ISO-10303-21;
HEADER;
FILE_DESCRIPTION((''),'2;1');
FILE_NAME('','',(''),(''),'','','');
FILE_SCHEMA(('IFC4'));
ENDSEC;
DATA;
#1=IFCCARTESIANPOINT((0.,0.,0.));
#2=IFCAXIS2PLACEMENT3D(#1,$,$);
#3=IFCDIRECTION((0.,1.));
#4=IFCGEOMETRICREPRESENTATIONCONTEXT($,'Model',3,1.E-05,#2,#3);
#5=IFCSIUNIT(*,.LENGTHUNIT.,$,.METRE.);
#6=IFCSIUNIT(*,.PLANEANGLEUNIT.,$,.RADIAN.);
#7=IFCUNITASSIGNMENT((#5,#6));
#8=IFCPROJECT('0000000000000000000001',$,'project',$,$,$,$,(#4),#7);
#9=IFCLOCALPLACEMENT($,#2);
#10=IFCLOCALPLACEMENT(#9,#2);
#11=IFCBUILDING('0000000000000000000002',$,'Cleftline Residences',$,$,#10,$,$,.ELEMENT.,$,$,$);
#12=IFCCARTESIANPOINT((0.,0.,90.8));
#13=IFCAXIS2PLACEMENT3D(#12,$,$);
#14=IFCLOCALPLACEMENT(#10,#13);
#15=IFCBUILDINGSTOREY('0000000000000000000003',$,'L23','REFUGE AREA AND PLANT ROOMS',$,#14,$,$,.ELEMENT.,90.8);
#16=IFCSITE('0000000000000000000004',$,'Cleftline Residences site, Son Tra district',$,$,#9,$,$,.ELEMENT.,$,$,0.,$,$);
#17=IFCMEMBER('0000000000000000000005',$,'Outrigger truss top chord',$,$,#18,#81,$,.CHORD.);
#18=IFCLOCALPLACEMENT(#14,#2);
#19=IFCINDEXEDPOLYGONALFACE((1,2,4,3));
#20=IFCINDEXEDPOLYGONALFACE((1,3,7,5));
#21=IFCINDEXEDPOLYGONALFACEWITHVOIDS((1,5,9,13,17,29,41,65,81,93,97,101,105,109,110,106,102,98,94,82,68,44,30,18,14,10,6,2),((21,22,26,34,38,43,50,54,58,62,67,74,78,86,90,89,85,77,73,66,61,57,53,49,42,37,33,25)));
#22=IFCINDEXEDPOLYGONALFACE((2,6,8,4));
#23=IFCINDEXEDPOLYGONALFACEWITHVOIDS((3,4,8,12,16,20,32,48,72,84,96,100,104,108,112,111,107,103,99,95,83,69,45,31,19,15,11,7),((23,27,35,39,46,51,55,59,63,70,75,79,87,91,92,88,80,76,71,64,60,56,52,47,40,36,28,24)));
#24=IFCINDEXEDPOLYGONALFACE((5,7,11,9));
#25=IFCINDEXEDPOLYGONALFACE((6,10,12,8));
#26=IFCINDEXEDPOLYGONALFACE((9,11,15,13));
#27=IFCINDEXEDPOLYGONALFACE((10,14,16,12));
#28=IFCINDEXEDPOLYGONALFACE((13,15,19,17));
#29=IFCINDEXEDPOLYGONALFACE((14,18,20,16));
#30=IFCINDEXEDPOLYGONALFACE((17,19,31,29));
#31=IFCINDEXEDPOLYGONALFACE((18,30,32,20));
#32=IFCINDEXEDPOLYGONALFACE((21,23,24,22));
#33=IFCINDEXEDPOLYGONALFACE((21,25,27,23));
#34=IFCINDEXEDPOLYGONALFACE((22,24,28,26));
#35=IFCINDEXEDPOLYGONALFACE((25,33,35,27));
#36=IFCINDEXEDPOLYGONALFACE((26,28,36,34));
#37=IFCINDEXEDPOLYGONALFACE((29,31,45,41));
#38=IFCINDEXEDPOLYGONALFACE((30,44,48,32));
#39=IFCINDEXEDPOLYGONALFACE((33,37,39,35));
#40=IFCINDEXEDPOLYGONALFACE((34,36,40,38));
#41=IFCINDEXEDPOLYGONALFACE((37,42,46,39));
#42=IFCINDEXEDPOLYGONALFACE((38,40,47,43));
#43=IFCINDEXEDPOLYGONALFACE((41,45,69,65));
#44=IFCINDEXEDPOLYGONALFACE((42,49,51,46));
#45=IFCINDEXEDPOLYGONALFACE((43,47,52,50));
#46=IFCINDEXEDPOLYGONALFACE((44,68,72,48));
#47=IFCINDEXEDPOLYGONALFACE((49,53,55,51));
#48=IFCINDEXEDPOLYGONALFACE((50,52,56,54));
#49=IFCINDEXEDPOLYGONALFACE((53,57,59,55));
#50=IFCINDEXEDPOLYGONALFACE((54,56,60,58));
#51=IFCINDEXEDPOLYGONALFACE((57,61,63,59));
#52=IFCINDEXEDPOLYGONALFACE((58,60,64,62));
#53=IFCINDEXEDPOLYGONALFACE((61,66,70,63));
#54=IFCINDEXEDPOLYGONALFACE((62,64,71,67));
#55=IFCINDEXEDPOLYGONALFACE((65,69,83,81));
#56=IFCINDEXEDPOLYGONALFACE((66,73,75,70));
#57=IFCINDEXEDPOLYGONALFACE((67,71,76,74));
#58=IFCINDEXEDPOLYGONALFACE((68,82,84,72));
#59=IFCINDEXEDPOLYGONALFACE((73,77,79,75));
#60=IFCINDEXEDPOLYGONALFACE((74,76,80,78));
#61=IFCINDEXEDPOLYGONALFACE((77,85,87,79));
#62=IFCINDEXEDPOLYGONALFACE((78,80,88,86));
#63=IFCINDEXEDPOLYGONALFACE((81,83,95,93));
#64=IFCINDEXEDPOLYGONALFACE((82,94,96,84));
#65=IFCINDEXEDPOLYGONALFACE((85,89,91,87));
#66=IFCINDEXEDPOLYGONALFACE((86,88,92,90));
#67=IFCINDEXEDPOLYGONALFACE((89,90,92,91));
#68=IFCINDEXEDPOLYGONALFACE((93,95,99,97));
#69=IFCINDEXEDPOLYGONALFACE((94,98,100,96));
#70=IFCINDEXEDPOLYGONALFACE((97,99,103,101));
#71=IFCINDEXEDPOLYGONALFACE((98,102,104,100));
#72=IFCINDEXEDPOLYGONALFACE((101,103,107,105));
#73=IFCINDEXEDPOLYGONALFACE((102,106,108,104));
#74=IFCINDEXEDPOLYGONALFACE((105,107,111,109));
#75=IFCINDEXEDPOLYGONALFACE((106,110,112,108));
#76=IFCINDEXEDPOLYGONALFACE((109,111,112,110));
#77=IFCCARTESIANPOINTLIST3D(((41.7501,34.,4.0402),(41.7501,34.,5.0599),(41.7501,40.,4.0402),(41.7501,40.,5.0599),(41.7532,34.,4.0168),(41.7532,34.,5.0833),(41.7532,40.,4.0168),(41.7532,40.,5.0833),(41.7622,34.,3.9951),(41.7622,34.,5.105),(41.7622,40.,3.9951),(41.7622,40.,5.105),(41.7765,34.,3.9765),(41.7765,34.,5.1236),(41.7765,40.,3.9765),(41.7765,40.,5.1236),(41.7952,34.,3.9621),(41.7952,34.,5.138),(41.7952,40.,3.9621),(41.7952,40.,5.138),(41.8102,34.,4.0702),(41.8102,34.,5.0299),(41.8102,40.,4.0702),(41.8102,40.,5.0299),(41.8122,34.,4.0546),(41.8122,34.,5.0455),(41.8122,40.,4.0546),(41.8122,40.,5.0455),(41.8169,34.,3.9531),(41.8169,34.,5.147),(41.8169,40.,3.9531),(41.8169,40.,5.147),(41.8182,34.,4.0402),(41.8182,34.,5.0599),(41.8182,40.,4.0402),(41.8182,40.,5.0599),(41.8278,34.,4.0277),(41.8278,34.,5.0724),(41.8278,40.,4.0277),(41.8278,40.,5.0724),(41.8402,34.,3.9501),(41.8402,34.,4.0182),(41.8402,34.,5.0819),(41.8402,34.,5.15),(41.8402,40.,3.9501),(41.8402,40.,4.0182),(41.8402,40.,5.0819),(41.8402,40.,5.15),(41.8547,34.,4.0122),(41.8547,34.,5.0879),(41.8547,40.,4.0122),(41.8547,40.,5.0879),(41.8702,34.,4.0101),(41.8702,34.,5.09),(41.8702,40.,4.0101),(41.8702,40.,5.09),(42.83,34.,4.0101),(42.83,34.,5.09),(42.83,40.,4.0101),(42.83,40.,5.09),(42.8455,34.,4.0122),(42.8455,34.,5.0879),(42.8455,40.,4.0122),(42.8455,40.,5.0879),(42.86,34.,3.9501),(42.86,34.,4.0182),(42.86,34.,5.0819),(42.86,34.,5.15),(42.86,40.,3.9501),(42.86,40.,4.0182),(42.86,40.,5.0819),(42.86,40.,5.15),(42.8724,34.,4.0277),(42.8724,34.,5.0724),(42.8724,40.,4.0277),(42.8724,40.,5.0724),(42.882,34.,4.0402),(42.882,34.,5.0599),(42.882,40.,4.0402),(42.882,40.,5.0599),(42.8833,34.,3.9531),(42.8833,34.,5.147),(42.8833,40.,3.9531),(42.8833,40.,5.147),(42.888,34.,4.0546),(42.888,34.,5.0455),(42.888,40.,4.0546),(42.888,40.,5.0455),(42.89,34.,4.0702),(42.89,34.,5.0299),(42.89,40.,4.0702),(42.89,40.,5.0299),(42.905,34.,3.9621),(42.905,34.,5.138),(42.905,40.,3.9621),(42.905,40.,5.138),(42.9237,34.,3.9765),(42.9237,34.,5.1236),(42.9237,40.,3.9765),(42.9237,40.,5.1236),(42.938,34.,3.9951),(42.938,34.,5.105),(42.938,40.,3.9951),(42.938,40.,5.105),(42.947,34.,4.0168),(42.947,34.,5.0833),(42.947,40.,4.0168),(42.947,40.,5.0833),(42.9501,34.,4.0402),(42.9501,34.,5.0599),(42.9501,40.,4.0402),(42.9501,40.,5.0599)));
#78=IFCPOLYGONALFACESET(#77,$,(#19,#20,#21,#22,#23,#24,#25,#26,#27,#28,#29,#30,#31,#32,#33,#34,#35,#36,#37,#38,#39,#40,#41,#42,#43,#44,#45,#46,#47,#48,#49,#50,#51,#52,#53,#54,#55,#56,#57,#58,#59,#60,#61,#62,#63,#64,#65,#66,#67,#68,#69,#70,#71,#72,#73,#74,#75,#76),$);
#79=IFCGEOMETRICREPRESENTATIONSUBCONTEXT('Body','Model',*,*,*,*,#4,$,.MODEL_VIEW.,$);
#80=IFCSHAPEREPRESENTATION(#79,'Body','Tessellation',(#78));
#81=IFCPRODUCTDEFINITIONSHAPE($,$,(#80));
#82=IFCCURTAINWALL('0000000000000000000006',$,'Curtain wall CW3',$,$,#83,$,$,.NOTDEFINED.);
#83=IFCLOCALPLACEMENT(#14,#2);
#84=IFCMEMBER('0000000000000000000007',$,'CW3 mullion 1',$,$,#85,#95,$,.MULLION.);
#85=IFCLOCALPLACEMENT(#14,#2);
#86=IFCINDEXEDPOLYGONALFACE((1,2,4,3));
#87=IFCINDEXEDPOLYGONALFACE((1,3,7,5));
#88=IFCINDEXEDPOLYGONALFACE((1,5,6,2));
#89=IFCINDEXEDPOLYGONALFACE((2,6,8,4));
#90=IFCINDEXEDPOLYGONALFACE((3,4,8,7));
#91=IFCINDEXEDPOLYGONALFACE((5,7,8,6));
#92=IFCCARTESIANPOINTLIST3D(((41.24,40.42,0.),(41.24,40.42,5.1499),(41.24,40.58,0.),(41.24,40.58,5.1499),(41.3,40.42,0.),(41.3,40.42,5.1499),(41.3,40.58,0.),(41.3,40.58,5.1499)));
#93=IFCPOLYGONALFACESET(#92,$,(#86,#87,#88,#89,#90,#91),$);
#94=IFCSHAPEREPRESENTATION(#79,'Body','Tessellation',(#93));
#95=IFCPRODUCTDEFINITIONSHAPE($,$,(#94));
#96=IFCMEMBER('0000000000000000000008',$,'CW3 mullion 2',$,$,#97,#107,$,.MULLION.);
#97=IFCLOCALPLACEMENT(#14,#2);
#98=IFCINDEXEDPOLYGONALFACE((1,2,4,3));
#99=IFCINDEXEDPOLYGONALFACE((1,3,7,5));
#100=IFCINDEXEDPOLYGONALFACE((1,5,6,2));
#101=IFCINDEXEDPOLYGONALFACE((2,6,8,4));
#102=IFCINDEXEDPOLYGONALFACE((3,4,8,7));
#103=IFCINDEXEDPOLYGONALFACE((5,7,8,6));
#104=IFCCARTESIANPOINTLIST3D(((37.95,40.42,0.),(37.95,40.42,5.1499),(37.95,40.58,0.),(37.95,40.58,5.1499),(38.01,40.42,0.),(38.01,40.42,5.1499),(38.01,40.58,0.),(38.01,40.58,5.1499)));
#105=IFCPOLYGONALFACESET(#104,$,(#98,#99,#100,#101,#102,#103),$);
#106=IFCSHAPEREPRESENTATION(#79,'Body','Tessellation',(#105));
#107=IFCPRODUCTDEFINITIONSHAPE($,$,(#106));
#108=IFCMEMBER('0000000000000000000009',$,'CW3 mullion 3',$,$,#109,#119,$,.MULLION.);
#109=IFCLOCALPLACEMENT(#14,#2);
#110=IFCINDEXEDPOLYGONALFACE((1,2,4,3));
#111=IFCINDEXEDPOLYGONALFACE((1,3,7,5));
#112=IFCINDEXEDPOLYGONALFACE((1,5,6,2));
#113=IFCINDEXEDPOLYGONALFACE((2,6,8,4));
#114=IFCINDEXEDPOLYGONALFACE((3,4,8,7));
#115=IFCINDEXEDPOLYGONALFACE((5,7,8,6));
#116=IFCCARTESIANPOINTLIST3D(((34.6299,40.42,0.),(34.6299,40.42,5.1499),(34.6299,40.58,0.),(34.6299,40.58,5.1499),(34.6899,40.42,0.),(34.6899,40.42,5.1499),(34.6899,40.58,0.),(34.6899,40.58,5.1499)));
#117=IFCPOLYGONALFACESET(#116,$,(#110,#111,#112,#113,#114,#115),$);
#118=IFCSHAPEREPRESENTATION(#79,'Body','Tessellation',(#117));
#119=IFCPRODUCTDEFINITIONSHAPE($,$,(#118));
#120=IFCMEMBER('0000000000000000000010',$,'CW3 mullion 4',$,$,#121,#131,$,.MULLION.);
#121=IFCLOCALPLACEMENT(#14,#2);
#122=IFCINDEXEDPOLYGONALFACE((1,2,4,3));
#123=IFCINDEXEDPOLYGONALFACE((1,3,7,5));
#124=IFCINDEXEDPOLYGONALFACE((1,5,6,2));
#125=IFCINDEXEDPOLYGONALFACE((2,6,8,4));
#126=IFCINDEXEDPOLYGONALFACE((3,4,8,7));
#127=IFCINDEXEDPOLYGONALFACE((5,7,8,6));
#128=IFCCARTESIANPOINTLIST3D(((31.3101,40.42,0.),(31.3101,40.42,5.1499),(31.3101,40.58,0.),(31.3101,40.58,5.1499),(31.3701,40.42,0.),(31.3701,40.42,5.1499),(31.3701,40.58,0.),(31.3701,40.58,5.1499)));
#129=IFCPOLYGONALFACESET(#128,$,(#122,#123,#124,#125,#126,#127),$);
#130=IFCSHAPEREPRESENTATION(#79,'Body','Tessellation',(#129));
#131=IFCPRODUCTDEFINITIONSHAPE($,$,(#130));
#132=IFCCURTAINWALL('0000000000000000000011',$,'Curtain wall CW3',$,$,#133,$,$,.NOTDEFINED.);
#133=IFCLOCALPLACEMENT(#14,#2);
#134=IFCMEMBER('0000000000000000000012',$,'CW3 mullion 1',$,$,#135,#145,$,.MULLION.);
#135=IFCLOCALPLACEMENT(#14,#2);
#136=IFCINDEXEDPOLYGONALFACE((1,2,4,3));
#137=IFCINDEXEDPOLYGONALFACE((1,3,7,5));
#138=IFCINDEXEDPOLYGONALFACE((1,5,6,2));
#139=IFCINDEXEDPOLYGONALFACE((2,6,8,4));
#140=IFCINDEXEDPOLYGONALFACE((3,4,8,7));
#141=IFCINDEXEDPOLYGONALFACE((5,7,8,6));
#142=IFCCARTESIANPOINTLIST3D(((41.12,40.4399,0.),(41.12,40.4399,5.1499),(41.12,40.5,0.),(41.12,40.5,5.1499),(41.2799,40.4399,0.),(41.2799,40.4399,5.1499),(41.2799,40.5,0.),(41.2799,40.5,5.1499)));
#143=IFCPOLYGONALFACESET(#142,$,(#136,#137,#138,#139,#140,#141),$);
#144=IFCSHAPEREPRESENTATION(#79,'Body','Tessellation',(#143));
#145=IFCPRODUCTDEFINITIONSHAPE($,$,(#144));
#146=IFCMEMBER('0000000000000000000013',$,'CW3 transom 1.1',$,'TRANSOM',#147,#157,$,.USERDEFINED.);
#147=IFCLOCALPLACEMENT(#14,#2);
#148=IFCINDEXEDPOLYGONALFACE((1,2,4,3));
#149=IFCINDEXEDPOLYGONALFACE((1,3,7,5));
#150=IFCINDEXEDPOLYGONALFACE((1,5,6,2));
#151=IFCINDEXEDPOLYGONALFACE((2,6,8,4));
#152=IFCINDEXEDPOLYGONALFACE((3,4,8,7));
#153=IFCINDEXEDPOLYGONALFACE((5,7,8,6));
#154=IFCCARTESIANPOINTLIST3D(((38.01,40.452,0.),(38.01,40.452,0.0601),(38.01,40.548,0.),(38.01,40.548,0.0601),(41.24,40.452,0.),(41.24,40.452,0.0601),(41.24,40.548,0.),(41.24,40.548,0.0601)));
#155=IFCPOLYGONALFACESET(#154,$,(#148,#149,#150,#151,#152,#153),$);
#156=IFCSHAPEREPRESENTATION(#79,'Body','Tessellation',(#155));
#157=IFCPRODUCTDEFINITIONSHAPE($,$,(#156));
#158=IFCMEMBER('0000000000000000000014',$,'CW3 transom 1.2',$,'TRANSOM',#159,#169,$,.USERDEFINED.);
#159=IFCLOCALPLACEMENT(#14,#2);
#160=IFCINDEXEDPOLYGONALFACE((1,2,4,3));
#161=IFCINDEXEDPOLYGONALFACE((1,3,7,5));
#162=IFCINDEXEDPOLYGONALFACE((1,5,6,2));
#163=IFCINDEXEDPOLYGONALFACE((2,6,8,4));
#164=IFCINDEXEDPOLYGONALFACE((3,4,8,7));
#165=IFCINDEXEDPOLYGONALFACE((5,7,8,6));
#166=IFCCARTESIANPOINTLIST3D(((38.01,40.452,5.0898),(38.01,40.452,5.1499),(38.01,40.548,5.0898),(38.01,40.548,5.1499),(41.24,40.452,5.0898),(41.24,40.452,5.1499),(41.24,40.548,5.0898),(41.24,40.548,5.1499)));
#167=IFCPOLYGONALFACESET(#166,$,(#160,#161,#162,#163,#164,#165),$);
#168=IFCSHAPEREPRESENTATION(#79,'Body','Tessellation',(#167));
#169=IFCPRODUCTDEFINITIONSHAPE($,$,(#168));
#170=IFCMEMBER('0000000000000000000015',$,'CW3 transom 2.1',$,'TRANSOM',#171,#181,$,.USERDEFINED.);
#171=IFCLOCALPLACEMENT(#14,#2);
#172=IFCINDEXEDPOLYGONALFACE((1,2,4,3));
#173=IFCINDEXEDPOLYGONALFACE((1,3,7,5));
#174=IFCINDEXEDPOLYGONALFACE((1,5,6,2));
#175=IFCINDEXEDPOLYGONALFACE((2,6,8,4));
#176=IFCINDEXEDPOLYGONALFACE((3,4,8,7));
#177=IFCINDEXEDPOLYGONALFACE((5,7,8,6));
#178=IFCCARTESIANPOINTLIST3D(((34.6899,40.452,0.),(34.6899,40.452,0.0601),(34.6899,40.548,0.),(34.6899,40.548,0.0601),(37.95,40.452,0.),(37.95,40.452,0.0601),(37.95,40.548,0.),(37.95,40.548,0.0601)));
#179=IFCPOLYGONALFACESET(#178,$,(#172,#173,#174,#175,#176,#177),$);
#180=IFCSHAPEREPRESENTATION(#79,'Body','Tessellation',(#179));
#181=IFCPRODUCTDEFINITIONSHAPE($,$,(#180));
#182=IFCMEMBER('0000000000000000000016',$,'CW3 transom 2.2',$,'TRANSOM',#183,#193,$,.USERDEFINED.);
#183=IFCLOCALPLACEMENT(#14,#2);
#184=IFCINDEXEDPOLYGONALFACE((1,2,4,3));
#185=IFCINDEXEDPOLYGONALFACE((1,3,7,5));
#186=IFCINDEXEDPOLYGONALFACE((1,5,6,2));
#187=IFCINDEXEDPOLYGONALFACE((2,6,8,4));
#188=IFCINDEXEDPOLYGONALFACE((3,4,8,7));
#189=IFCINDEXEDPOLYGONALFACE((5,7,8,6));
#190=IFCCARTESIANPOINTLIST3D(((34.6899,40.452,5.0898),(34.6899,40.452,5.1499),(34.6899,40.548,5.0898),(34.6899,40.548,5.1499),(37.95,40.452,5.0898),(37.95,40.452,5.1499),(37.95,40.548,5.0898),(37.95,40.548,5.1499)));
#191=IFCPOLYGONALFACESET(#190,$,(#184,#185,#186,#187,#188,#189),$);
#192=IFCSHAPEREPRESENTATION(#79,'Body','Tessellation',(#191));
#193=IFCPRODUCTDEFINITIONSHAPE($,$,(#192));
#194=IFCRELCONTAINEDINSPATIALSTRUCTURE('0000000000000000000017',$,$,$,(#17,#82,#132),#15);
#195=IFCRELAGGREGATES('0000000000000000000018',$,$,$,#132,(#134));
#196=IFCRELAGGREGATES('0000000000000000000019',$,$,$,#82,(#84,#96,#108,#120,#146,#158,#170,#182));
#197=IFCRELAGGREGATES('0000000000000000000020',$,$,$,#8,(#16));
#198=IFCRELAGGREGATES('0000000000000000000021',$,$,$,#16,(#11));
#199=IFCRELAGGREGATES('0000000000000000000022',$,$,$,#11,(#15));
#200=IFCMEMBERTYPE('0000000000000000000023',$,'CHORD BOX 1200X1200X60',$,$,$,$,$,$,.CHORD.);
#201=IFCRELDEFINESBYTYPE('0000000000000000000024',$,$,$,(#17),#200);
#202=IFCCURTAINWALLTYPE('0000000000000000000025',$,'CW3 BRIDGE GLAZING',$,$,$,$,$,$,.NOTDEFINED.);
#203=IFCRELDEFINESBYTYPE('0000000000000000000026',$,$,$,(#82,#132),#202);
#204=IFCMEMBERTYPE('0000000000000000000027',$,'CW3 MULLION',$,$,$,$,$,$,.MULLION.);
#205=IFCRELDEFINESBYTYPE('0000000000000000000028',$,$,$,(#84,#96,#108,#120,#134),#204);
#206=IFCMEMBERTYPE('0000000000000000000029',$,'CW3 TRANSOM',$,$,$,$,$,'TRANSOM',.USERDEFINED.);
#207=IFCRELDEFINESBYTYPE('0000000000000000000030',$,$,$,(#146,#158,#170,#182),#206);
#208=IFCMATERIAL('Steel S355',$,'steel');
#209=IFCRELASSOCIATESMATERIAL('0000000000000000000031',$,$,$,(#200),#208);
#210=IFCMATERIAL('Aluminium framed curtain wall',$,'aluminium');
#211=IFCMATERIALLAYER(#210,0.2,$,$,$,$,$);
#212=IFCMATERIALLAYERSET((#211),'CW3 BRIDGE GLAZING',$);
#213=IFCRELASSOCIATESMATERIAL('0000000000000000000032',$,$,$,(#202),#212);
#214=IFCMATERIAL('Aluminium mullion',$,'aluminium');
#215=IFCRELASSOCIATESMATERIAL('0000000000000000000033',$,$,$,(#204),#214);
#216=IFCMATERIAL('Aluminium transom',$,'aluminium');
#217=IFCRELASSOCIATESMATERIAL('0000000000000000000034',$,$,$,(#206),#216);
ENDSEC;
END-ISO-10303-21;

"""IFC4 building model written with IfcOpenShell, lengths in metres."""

from ifc_helpers import new_model, si_unit, direction, frame, origin, origin_2d, place, context, subcontext, project, spatial, rectangle, hollow_rectangle, extrude, material, layer, layer_set, material_profile, profile_set, type_object, element, aggregate, save


model = new_model("IFC4")

# Units and contexts
model_context = context("Model", 3, precision=1e-05, world=origin(), true_north=direction((0.0, 1.0)))
body_context = subcontext(model_context, "Body", "Model", "MODEL_VIEW")
ifc_project = project(units=[si_unit("LENGTHUNIT", "METRE"), si_unit("PLANEANGLEUNIT", "RADIAN")], contexts=[model_context])

# Site, building, storey
site_placement = place(None, origin())
site = spatial("IfcSite", under=ifc_project, at=site_placement, Name="Cleftline Residences site, Son Tra district", CompositionType="ELEMENT", RefElevation=0.0)
building_placement = place(site_placement, origin())
building = spatial("IfcBuilding", under=site, at=building_placement, Name="Cleftline Residences", CompositionType="ELEMENT")
storey_placement = place(building_placement, frame((0.0, 0.0, 90.8)))
storey = spatial("IfcBuildingStorey", under=building, at=storey_placement, Name="L23", Description="REFUGE AREA AND PLANT ROOMS", CompositionType="ELEMENT", Elevation=90.8)

# Member
ifc_material_1 = material(Name="Steel S355", Category="steel")
ifc_material_profile_1 = material_profile(ifc_material_1, hollow_rectangle(XDim=1.2, YDim=1.2, WallThickness=0.0601, InnerFilletRadius=0.0601, OuterFilletRadius=0.0901, at=origin_2d()))
ifc_profile_set_1 = profile_set([ifc_material_profile_1], Name="Steel S355")
member_type_1 = type_object("IfcMemberType", Name="CHORD BOX 1200X1200X60", PredefinedType="CHORD", material=ifc_profile_set_1)
member_1_placement = place(storey_placement, frame((42.3501, 40.0, 4.55), z_axis=(0.0, -1.0, 0.0), x_axis=(1.0, 0.0, 0.0)))
element("IfcMember", 1, at=member_1_placement, inside=storey, type_object=member_type_1, Name="Outrigger truss top chord", PredefinedType="CHORD", context=body_context, shape_type="SweptSolid", body=[
    extrude(hollow_rectangle(XDim=1.2, YDim=1.2, WallThickness=0.0601, InnerFilletRadius=0.0601, OuterFilletRadius=0.0901, at=origin_2d()), origin(), (0.0, 0.0, 1.0), 6.0),
])

# Curtain wall, members
ifc_material_2 = material(Name="Aluminium framed curtain wall", Category="aluminium")
ifc_layer_1 = layer(ifc_material_2, 0.2)
ifc_layer_set_1 = layer_set([ifc_layer_1], Name="CW3 BRIDGE GLAZING")
curtain_wall_type_1 = type_object("IfcCurtainWallType", Name="CW3 BRIDGE GLAZING", PredefinedType="NOTDEFINED", material=ifc_layer_set_1)
curtain_wall_1_placement = place(storey_placement, origin())
curtain_wall_1 = element("IfcCurtainWall", 2, at=curtain_wall_1_placement, inside=storey, type_object=curtain_wall_type_1, Name="Curtain wall CW3", PredefinedType="NOTDEFINED")
ifc_material_3 = material(Name="Aluminium mullion", Category="aluminium")
ifc_material_profile_2 = material_profile(ifc_material_3, rectangle(XDim=0.1599, YDim=0.0601, at=origin_2d()))
ifc_profile_set_2 = profile_set([ifc_material_profile_2], Name="Aluminium mullion")
member_type_2 = type_object("IfcMemberType", Name="CW3 MULLION", PredefinedType="MULLION", material=ifc_profile_set_2)
member_2_placement = place(storey_placement, frame((41.27, 40.5, 0.0), z_axis=(0.0, 0.0, 1.0), x_axis=(0.0, -1.0, 0.0)))
member_2 = element("IfcMember", 3, at=member_2_placement, type_object=member_type_2, Name="CW3 mullion 1", PredefinedType="MULLION", context=body_context, shape_type="SweptSolid", body=[
    extrude(rectangle(XDim=0.1599, YDim=0.0601, at=origin_2d()), origin(), (0.0, 0.0, 1.0), 5.1499),
])
member_3_placement = place(storey_placement, frame((37.98, 40.5, 0.0), z_axis=(0.0, 0.0, 1.0), x_axis=(0.0, -1.0, 0.0)))
member_3 = element("IfcMember", 4, at=member_3_placement, type_object=member_type_2, Name="CW3 mullion 2", PredefinedType="MULLION", context=body_context, shape_type="SweptSolid", body=[
    extrude(rectangle(XDim=0.1599, YDim=0.0601, at=origin_2d()), origin(), (0.0, 0.0, 1.0), 5.1499),
])
member_4_placement = place(storey_placement, frame((34.6599, 40.5, 0.0), z_axis=(0.0, 0.0, 1.0), x_axis=(0.0, -1.0, 0.0)))
member_4 = element("IfcMember", 5, at=member_4_placement, type_object=member_type_2, Name="CW3 mullion 3", PredefinedType="MULLION", context=body_context, shape_type="SweptSolid", body=[
    extrude(rectangle(XDim=0.1599, YDim=0.0601, at=origin_2d()), origin(), (0.0, 0.0, 1.0), 5.1499),
])
member_5_placement = place(storey_placement, frame((31.3401, 40.5, 0.0), z_axis=(0.0, 0.0, 1.0), x_axis=(0.0, -1.0, 0.0)))
member_5 = element("IfcMember", 6, at=member_5_placement, type_object=member_type_2, Name="CW3 mullion 4", PredefinedType="MULLION", context=body_context, shape_type="SweptSolid", body=[
    extrude(rectangle(XDim=0.1599, YDim=0.0601, at=origin_2d()), origin(), (0.0, 0.0, 1.0), 5.1499),
])

# Curtain wall, member
curtain_wall_2_placement = place(storey_placement, origin())
curtain_wall_2 = element("IfcCurtainWall", 7, at=curtain_wall_2_placement, inside=storey, type_object=curtain_wall_type_1, Name="Curtain wall CW3", PredefinedType="NOTDEFINED")
member_6_placement = place(storey_placement, frame((41.2, 40.47, 0.0), z_axis=(0.0, 0.0, 1.0), x_axis=(1.0, 0.0, 0.0)))
member_6 = element("IfcMember", 8, at=member_6_placement, type_object=member_type_2, Name="CW3 mullion 1", PredefinedType="MULLION", context=body_context, shape_type="SweptSolid", body=[
    extrude(rectangle(XDim=0.1599, YDim=0.0601, at=origin_2d()), origin(), (0.0, 0.0, 1.0), 5.1499),
])

# Members
ifc_material_4 = material(Name="Aluminium transom", Category="aluminium")
ifc_material_profile_3 = material_profile(ifc_material_4, rectangle(XDim=0.0959, YDim=0.0601, at=origin_2d()))
ifc_profile_set_3 = profile_set([ifc_material_profile_3], Name="Aluminium transom")
member_type_3 = type_object("IfcMemberType", Name="CW3 TRANSOM", ElementType="TRANSOM", PredefinedType="USERDEFINED", material=ifc_profile_set_3)
member_7_placement = place(storey_placement, frame((41.24, 40.5, 0.03), z_axis=(-1.0, 0.0, 0.0), x_axis=(0.0, -1.0, 0.0)))
member_7 = element("IfcMember", 9, at=member_7_placement, type_object=member_type_3, Name="CW3 transom 1.1", ObjectType="TRANSOM", PredefinedType="USERDEFINED", context=body_context, shape_type="SweptSolid", body=[
    extrude(rectangle(XDim=0.0959, YDim=0.0601, at=origin_2d()), origin(), (0.0, 0.0, 1.0), 3.23),
])
member_8_placement = place(storey_placement, frame((41.24, 40.5, 5.1199), z_axis=(-1.0, 0.0, 0.0), x_axis=(0.0, -1.0, 0.0)))
member_8 = element("IfcMember", 10, at=member_8_placement, type_object=member_type_3, Name="CW3 transom 1.2", ObjectType="TRANSOM", PredefinedType="USERDEFINED", context=body_context, shape_type="SweptSolid", body=[
    extrude(rectangle(XDim=0.0959, YDim=0.0601, at=origin_2d()), origin(), (0.0, 0.0, 1.0), 3.23),
])
member_9_placement = place(storey_placement, frame((37.95, 40.5, 0.03), z_axis=(-1.0, 0.0, 0.0), x_axis=(0.0, -1.0, 0.0)))
member_9 = element("IfcMember", 11, at=member_9_placement, type_object=member_type_3, Name="CW3 transom 2.1", ObjectType="TRANSOM", PredefinedType="USERDEFINED", context=body_context, shape_type="SweptSolid", body=[
    extrude(rectangle(XDim=0.0959, YDim=0.0601, at=origin_2d()), origin(), (0.0, 0.0, 1.0), 3.26),
])
member_10_placement = place(storey_placement, frame((37.95, 40.5, 5.1199), z_axis=(-1.0, 0.0, 0.0), x_axis=(0.0, -1.0, 0.0)))
member_10 = element("IfcMember", 12, at=member_10_placement, type_object=member_type_3, Name="CW3 transom 2.2", ObjectType="TRANSOM", PredefinedType="USERDEFINED", context=body_context, shape_type="SweptSolid", body=[
    extrude(rectangle(XDim=0.0959, YDim=0.0601, at=origin_2d()), origin(), (0.0, 0.0, 1.0), 3.26),
])
aggregate(curtain_wall_2, [member_6])

aggregate(curtain_wall_1, [member_2, member_3, member_4, member_5, member_7, member_8, member_9, member_10])

save(model, "model.ifc")
